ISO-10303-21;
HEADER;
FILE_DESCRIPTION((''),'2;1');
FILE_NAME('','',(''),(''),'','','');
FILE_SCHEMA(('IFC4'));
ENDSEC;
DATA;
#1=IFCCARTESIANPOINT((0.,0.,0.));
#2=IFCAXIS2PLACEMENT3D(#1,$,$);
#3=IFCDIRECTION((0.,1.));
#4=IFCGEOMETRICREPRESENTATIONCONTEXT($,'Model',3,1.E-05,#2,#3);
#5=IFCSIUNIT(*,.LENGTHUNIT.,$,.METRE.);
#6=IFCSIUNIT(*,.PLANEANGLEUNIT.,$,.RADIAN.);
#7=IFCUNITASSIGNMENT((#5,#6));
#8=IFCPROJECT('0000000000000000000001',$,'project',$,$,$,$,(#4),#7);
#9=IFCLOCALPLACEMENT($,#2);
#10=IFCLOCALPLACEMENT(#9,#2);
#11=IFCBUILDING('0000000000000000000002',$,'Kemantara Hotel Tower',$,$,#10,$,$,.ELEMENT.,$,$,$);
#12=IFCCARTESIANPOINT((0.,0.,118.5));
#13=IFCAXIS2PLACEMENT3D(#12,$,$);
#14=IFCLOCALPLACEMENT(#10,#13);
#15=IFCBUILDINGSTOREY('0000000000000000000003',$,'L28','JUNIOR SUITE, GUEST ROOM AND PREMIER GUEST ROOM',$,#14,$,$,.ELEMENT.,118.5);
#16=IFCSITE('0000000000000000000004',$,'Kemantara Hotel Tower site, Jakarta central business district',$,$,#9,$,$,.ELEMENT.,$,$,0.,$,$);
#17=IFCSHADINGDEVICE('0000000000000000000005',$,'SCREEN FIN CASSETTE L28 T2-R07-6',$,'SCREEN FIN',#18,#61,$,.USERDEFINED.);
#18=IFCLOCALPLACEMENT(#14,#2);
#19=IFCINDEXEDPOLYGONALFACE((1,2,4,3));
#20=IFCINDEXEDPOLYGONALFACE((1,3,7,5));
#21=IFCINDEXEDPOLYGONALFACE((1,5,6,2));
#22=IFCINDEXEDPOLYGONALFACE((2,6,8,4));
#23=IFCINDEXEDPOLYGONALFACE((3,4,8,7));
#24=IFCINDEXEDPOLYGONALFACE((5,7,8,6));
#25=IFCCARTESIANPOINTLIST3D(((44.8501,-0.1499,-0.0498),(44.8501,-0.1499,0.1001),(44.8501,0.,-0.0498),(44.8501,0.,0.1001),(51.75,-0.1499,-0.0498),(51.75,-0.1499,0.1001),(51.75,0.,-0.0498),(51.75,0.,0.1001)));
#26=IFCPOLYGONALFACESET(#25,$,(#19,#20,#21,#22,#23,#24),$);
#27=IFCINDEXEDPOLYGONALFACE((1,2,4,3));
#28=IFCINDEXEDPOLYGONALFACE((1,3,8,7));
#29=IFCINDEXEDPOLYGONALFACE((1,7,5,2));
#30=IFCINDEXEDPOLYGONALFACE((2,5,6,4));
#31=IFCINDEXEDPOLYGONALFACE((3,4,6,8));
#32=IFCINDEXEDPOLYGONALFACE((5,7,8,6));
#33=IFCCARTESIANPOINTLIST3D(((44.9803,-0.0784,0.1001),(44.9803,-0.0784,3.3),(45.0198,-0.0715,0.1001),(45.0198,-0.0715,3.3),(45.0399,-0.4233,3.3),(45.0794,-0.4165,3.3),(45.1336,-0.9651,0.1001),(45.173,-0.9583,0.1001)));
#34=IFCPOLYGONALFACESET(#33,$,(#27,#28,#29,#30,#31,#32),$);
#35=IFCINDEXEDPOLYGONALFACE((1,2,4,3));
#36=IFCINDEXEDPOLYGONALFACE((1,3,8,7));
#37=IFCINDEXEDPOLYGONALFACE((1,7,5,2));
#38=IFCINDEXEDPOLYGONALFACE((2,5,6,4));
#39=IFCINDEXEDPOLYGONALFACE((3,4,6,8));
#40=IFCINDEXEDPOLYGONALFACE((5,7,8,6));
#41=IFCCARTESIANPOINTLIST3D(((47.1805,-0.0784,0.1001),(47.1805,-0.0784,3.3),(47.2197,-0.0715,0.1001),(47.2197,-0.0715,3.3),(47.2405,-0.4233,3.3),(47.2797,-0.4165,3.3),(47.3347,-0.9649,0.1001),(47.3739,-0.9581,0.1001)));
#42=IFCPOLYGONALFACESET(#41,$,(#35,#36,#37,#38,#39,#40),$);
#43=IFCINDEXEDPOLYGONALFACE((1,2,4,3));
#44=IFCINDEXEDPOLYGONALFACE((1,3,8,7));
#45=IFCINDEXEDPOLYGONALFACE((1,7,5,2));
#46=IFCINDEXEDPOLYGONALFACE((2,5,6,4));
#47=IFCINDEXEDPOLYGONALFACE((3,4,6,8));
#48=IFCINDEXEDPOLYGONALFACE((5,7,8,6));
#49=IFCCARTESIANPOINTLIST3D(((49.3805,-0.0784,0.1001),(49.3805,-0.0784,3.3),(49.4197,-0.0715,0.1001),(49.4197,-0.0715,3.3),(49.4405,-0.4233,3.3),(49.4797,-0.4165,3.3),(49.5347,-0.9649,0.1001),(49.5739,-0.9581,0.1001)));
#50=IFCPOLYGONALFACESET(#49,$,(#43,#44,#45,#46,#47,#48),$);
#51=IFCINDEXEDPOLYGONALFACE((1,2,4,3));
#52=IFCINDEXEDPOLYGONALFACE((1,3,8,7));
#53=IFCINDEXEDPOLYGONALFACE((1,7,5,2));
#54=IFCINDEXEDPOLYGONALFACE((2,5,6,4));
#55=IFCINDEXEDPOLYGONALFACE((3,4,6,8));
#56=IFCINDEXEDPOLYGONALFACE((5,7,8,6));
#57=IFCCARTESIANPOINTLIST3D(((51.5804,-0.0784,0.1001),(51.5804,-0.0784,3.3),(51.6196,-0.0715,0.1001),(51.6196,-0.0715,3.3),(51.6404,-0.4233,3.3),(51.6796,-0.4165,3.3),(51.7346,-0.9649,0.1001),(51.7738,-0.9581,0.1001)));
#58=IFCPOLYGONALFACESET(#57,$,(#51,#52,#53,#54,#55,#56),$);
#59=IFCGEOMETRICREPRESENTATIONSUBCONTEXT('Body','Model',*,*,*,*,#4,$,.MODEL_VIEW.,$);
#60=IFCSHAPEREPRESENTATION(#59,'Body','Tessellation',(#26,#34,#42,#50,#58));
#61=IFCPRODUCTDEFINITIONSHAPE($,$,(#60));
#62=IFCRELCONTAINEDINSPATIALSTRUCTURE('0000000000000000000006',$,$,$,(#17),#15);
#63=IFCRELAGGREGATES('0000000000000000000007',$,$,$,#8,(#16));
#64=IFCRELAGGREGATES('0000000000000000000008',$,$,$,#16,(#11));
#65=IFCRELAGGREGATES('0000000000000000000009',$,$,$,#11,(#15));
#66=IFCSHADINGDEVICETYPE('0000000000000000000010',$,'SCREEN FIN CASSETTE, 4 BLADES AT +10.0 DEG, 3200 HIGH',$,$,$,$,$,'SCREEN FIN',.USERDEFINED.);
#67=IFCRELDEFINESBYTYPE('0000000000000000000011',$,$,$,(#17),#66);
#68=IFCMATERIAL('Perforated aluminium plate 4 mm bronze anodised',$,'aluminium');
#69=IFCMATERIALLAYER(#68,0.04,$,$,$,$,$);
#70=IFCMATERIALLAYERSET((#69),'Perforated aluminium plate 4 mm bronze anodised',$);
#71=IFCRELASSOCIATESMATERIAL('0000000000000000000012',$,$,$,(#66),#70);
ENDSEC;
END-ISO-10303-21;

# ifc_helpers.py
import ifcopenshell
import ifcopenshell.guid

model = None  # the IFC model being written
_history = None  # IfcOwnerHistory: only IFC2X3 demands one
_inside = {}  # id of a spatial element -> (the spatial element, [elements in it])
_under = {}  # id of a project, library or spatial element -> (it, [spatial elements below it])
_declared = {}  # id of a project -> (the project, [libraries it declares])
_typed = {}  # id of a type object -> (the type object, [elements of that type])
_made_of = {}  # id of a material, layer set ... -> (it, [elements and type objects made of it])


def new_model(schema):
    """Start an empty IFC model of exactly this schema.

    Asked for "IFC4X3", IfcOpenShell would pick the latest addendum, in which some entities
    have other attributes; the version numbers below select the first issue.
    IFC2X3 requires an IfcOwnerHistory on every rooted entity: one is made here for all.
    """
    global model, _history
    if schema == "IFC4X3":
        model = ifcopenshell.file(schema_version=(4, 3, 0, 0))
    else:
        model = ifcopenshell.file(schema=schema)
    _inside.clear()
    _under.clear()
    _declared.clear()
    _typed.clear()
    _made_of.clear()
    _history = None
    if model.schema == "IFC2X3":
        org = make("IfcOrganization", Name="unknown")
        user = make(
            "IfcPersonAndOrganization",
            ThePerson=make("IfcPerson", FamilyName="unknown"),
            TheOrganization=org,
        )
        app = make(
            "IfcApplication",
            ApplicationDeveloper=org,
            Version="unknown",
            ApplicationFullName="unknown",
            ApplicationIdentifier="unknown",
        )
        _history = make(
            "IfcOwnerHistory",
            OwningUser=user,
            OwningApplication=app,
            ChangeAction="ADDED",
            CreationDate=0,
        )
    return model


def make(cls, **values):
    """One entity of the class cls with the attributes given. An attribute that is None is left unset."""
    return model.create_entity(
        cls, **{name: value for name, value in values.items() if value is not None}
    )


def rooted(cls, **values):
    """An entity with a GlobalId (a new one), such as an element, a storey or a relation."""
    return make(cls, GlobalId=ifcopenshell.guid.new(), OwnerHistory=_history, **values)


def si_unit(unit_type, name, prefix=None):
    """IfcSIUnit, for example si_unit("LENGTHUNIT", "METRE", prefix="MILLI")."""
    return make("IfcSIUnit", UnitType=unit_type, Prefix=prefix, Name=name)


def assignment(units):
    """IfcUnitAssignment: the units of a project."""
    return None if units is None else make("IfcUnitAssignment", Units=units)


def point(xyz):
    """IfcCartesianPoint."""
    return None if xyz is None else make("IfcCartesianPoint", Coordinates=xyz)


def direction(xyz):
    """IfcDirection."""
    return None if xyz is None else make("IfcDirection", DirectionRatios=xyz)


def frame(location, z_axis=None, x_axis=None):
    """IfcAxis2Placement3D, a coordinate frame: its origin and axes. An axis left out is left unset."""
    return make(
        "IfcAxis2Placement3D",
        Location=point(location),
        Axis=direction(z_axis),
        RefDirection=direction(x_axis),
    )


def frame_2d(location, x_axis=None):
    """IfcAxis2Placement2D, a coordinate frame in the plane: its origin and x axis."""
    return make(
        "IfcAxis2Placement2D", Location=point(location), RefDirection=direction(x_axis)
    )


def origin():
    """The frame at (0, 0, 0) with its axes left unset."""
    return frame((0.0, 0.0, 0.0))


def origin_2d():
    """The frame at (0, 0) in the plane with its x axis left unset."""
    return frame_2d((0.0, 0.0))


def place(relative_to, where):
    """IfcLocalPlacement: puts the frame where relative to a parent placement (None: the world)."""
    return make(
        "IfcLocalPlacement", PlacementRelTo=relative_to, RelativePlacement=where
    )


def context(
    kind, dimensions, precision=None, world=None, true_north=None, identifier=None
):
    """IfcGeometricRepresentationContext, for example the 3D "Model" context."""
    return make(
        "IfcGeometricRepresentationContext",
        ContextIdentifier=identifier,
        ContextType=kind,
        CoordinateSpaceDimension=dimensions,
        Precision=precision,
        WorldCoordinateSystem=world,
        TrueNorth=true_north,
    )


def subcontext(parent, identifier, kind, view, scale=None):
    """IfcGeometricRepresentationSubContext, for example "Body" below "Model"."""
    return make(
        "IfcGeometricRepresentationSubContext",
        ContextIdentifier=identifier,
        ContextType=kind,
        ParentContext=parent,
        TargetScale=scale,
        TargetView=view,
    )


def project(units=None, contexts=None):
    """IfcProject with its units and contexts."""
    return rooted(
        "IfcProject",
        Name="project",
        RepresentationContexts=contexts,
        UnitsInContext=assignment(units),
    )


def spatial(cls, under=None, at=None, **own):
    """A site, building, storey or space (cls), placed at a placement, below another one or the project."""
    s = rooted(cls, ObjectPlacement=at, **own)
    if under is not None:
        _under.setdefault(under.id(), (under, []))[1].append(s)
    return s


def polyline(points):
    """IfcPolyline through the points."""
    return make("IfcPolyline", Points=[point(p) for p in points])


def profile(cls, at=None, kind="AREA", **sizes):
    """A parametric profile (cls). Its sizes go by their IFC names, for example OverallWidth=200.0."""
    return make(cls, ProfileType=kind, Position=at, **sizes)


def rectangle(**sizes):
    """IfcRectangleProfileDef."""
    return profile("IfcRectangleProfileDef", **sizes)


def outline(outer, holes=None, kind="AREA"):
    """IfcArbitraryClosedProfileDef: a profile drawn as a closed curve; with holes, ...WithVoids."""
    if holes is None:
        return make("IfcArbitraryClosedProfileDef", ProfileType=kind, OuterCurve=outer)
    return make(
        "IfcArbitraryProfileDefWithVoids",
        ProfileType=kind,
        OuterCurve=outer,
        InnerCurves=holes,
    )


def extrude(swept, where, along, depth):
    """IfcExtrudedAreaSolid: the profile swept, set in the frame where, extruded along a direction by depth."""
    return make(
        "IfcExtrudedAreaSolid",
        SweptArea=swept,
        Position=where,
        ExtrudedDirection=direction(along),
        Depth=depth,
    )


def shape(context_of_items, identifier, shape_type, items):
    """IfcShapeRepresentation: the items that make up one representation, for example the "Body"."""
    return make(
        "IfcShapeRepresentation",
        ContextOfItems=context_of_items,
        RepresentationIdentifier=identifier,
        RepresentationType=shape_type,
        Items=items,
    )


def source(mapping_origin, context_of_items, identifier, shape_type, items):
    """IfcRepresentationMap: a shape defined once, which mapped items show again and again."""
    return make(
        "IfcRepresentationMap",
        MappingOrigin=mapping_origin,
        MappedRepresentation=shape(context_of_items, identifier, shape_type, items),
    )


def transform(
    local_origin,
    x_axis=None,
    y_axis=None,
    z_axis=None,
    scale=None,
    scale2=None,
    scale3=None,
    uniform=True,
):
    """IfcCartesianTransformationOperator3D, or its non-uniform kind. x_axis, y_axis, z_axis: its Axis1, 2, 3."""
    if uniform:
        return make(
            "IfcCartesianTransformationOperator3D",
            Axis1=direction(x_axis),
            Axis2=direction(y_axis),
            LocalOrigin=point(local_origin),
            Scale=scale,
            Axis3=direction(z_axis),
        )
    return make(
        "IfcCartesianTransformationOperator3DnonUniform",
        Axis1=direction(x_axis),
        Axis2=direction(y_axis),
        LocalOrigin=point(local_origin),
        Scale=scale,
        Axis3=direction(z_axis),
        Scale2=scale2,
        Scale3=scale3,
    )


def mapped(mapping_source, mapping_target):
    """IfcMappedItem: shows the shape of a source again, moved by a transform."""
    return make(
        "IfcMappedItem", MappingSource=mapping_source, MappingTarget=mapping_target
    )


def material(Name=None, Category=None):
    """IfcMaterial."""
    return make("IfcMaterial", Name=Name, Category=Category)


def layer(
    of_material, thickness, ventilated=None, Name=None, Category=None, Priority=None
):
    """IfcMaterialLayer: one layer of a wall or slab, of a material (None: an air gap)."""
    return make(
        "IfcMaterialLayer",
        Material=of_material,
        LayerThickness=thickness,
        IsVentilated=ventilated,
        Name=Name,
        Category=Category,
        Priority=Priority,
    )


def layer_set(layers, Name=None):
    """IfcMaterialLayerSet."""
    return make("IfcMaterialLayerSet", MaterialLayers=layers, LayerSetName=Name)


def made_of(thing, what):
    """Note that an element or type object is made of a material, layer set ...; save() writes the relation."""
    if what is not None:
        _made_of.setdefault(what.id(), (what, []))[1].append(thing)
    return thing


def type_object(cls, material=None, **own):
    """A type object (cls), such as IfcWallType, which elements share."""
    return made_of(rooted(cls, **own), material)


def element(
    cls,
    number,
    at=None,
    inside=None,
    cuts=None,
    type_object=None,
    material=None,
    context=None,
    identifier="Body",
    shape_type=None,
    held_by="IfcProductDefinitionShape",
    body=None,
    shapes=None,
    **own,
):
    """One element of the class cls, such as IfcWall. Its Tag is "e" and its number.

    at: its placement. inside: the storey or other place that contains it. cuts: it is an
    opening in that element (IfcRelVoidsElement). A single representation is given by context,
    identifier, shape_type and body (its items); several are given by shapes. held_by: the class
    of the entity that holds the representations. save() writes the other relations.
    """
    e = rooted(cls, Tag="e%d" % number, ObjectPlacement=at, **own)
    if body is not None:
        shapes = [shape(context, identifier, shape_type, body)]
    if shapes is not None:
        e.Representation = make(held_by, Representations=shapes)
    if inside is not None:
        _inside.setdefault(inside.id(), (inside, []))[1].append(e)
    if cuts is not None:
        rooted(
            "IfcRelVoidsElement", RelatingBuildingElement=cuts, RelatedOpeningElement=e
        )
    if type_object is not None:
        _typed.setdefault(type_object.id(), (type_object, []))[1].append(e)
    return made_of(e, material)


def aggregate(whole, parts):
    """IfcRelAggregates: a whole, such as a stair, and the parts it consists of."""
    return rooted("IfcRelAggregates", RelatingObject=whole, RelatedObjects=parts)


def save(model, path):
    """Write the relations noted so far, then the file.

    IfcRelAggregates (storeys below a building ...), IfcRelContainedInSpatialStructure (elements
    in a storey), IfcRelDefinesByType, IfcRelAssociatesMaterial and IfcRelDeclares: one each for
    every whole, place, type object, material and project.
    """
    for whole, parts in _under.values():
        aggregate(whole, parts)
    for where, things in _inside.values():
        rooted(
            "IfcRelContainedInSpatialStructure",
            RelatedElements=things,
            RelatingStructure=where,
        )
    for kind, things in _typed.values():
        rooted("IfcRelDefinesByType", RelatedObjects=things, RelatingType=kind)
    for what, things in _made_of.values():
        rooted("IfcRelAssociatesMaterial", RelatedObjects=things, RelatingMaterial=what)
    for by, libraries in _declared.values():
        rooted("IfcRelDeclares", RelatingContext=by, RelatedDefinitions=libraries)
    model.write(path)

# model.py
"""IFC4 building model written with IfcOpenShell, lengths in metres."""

from ifc_helpers import new_model, si_unit, direction, frame, origin, origin_2d, place, context, subcontext, project, spatial, polyline, rectangle, outline, extrude, source, transform, mapped, material, layer, layer_set, type_object, element, save


model = new_model("IFC4")

# Units and contexts
model_context = context("Model", 3, precision=1e-05, world=origin(), true_north=direction((0.0, 1.0)))
body_context = subcontext(model_context, "Body", "Model", "MODEL_VIEW")
ifc_project = project(units=[si_unit("LENGTHUNIT", "METRE"), si_unit("PLANEANGLEUNIT", "RADIAN")], contexts=[model_context])

# Site, building, storey
site_placement = place(None, origin())
site = spatial("IfcSite", under=ifc_project, at=site_placement, Name="Kemantara Hotel Tower site, Jakarta central business district", CompositionType="ELEMENT", RefElevation=0.0)
building_placement = place(site_placement, origin())
building = spatial("IfcBuilding", under=site, at=building_placement, Name="Kemantara Hotel Tower", CompositionType="ELEMENT")
storey_placement = place(building_placement, frame((0.0, 0.0, 118.5)))
storey = spatial("IfcBuildingStorey", under=building, at=storey_placement, Name="L28", Description="JUNIOR SUITE, GUEST ROOM AND PREMIER GUEST ROOM", CompositionType="ELEMENT", Elevation=118.5)

# Shading device
ifc_material_1 = material(Name="Perforated aluminium plate 4 mm bronze anodised", Category="aluminium")
ifc_layer_1 = layer(ifc_material_1, 0.04)
ifc_layer_set_1 = layer_set([ifc_layer_1], Name="Perforated aluminium plate 4 mm bronze anodised")
shading_device_type = type_object("IfcShadingDeviceType", Name="SCREEN FIN CASSETTE, 4 BLADES AT +10.0 DEG, 3200 HIGH", ElementType="SCREEN FIN", PredefinedType="USERDEFINED", material=ifc_layer_set_1)
shared_shape = source(origin(), body_context, "Body", "SweptSolid", [
    extrude(rectangle(XDim=6.8999, YDim=0.1499, at=origin_2d()), frame((3.3, -0.075, -0.1499), z_axis=(0.0, 0.0, 1.0), x_axis=(1.0, 0.0, 0.0)), (0.0, 0.0, 1.0), 0.1499),
    extrude(outline(polyline([(0.0, 0.0), (0.8999, 0.0), (0.3501, 3.2), (0.0, 3.2), (0.0, 0.0)])), frame((0.0198, -0.0715, 0.0), z_axis=(-0.98539, -0.170314, 0.0), x_axis=(0.170314, -0.98539, 0.0)), (0.0, 0.0, 1.0), 0.04),
    extrude(outline(polyline([(0.0, 0.0), (0.8999, 0.0), (0.3501, 3.2), (0.0, 3.2), (0.0, 0.0)])), frame((2.2197, -0.0715, 0.0), z_axis=(-0.985212, -0.171341, 0.0), x_axis=(0.171341, -0.985212, 0.0)), (0.0, 0.0, 1.0), 0.0398),
    extrude(outline(polyline([(0.0, 0.0), (0.8999, 0.0), (0.3501, 3.2), (0.0, 3.2), (0.0, 0.0)])), frame((4.4197, -0.0715, 0.0), z_axis=(-0.985212, -0.171341, 0.0), x_axis=(0.171341, -0.985212, 0.0)), (0.0, 0.0, 1.0), 0.0398),
    extrude(outline(polyline([(0.0, 0.0), (0.8999, 0.0), (0.3501, 3.2), (0.0, 3.2), (0.0, 0.0)])), frame((6.6196, -0.0715, 0.0), z_axis=(-0.985212, -0.171341, 0.0), x_axis=(0.171341, -0.985212, 0.0)), (0.0, 0.0, 1.0), 0.0398),
])
shading_device_placement = place(storey_placement, frame((45.0, 0.0, 0.1001), z_axis=(0.0, 0.0, 1.0), x_axis=(1.0, 0.0, 0.0)))
element("IfcShadingDevice", 1, at=shading_device_placement, inside=storey, type_object=shading_device_type, Name="SCREEN FIN CASSETTE L28 T2-R07-6", ObjectType="SCREEN FIN", PredefinedType="USERDEFINED", context=body_context, shape_type="MappedRepresentation", body=[
    mapped(shared_shape, transform((0.0, 0.0, 0.0))),
])

save(model, "model.ifc")
